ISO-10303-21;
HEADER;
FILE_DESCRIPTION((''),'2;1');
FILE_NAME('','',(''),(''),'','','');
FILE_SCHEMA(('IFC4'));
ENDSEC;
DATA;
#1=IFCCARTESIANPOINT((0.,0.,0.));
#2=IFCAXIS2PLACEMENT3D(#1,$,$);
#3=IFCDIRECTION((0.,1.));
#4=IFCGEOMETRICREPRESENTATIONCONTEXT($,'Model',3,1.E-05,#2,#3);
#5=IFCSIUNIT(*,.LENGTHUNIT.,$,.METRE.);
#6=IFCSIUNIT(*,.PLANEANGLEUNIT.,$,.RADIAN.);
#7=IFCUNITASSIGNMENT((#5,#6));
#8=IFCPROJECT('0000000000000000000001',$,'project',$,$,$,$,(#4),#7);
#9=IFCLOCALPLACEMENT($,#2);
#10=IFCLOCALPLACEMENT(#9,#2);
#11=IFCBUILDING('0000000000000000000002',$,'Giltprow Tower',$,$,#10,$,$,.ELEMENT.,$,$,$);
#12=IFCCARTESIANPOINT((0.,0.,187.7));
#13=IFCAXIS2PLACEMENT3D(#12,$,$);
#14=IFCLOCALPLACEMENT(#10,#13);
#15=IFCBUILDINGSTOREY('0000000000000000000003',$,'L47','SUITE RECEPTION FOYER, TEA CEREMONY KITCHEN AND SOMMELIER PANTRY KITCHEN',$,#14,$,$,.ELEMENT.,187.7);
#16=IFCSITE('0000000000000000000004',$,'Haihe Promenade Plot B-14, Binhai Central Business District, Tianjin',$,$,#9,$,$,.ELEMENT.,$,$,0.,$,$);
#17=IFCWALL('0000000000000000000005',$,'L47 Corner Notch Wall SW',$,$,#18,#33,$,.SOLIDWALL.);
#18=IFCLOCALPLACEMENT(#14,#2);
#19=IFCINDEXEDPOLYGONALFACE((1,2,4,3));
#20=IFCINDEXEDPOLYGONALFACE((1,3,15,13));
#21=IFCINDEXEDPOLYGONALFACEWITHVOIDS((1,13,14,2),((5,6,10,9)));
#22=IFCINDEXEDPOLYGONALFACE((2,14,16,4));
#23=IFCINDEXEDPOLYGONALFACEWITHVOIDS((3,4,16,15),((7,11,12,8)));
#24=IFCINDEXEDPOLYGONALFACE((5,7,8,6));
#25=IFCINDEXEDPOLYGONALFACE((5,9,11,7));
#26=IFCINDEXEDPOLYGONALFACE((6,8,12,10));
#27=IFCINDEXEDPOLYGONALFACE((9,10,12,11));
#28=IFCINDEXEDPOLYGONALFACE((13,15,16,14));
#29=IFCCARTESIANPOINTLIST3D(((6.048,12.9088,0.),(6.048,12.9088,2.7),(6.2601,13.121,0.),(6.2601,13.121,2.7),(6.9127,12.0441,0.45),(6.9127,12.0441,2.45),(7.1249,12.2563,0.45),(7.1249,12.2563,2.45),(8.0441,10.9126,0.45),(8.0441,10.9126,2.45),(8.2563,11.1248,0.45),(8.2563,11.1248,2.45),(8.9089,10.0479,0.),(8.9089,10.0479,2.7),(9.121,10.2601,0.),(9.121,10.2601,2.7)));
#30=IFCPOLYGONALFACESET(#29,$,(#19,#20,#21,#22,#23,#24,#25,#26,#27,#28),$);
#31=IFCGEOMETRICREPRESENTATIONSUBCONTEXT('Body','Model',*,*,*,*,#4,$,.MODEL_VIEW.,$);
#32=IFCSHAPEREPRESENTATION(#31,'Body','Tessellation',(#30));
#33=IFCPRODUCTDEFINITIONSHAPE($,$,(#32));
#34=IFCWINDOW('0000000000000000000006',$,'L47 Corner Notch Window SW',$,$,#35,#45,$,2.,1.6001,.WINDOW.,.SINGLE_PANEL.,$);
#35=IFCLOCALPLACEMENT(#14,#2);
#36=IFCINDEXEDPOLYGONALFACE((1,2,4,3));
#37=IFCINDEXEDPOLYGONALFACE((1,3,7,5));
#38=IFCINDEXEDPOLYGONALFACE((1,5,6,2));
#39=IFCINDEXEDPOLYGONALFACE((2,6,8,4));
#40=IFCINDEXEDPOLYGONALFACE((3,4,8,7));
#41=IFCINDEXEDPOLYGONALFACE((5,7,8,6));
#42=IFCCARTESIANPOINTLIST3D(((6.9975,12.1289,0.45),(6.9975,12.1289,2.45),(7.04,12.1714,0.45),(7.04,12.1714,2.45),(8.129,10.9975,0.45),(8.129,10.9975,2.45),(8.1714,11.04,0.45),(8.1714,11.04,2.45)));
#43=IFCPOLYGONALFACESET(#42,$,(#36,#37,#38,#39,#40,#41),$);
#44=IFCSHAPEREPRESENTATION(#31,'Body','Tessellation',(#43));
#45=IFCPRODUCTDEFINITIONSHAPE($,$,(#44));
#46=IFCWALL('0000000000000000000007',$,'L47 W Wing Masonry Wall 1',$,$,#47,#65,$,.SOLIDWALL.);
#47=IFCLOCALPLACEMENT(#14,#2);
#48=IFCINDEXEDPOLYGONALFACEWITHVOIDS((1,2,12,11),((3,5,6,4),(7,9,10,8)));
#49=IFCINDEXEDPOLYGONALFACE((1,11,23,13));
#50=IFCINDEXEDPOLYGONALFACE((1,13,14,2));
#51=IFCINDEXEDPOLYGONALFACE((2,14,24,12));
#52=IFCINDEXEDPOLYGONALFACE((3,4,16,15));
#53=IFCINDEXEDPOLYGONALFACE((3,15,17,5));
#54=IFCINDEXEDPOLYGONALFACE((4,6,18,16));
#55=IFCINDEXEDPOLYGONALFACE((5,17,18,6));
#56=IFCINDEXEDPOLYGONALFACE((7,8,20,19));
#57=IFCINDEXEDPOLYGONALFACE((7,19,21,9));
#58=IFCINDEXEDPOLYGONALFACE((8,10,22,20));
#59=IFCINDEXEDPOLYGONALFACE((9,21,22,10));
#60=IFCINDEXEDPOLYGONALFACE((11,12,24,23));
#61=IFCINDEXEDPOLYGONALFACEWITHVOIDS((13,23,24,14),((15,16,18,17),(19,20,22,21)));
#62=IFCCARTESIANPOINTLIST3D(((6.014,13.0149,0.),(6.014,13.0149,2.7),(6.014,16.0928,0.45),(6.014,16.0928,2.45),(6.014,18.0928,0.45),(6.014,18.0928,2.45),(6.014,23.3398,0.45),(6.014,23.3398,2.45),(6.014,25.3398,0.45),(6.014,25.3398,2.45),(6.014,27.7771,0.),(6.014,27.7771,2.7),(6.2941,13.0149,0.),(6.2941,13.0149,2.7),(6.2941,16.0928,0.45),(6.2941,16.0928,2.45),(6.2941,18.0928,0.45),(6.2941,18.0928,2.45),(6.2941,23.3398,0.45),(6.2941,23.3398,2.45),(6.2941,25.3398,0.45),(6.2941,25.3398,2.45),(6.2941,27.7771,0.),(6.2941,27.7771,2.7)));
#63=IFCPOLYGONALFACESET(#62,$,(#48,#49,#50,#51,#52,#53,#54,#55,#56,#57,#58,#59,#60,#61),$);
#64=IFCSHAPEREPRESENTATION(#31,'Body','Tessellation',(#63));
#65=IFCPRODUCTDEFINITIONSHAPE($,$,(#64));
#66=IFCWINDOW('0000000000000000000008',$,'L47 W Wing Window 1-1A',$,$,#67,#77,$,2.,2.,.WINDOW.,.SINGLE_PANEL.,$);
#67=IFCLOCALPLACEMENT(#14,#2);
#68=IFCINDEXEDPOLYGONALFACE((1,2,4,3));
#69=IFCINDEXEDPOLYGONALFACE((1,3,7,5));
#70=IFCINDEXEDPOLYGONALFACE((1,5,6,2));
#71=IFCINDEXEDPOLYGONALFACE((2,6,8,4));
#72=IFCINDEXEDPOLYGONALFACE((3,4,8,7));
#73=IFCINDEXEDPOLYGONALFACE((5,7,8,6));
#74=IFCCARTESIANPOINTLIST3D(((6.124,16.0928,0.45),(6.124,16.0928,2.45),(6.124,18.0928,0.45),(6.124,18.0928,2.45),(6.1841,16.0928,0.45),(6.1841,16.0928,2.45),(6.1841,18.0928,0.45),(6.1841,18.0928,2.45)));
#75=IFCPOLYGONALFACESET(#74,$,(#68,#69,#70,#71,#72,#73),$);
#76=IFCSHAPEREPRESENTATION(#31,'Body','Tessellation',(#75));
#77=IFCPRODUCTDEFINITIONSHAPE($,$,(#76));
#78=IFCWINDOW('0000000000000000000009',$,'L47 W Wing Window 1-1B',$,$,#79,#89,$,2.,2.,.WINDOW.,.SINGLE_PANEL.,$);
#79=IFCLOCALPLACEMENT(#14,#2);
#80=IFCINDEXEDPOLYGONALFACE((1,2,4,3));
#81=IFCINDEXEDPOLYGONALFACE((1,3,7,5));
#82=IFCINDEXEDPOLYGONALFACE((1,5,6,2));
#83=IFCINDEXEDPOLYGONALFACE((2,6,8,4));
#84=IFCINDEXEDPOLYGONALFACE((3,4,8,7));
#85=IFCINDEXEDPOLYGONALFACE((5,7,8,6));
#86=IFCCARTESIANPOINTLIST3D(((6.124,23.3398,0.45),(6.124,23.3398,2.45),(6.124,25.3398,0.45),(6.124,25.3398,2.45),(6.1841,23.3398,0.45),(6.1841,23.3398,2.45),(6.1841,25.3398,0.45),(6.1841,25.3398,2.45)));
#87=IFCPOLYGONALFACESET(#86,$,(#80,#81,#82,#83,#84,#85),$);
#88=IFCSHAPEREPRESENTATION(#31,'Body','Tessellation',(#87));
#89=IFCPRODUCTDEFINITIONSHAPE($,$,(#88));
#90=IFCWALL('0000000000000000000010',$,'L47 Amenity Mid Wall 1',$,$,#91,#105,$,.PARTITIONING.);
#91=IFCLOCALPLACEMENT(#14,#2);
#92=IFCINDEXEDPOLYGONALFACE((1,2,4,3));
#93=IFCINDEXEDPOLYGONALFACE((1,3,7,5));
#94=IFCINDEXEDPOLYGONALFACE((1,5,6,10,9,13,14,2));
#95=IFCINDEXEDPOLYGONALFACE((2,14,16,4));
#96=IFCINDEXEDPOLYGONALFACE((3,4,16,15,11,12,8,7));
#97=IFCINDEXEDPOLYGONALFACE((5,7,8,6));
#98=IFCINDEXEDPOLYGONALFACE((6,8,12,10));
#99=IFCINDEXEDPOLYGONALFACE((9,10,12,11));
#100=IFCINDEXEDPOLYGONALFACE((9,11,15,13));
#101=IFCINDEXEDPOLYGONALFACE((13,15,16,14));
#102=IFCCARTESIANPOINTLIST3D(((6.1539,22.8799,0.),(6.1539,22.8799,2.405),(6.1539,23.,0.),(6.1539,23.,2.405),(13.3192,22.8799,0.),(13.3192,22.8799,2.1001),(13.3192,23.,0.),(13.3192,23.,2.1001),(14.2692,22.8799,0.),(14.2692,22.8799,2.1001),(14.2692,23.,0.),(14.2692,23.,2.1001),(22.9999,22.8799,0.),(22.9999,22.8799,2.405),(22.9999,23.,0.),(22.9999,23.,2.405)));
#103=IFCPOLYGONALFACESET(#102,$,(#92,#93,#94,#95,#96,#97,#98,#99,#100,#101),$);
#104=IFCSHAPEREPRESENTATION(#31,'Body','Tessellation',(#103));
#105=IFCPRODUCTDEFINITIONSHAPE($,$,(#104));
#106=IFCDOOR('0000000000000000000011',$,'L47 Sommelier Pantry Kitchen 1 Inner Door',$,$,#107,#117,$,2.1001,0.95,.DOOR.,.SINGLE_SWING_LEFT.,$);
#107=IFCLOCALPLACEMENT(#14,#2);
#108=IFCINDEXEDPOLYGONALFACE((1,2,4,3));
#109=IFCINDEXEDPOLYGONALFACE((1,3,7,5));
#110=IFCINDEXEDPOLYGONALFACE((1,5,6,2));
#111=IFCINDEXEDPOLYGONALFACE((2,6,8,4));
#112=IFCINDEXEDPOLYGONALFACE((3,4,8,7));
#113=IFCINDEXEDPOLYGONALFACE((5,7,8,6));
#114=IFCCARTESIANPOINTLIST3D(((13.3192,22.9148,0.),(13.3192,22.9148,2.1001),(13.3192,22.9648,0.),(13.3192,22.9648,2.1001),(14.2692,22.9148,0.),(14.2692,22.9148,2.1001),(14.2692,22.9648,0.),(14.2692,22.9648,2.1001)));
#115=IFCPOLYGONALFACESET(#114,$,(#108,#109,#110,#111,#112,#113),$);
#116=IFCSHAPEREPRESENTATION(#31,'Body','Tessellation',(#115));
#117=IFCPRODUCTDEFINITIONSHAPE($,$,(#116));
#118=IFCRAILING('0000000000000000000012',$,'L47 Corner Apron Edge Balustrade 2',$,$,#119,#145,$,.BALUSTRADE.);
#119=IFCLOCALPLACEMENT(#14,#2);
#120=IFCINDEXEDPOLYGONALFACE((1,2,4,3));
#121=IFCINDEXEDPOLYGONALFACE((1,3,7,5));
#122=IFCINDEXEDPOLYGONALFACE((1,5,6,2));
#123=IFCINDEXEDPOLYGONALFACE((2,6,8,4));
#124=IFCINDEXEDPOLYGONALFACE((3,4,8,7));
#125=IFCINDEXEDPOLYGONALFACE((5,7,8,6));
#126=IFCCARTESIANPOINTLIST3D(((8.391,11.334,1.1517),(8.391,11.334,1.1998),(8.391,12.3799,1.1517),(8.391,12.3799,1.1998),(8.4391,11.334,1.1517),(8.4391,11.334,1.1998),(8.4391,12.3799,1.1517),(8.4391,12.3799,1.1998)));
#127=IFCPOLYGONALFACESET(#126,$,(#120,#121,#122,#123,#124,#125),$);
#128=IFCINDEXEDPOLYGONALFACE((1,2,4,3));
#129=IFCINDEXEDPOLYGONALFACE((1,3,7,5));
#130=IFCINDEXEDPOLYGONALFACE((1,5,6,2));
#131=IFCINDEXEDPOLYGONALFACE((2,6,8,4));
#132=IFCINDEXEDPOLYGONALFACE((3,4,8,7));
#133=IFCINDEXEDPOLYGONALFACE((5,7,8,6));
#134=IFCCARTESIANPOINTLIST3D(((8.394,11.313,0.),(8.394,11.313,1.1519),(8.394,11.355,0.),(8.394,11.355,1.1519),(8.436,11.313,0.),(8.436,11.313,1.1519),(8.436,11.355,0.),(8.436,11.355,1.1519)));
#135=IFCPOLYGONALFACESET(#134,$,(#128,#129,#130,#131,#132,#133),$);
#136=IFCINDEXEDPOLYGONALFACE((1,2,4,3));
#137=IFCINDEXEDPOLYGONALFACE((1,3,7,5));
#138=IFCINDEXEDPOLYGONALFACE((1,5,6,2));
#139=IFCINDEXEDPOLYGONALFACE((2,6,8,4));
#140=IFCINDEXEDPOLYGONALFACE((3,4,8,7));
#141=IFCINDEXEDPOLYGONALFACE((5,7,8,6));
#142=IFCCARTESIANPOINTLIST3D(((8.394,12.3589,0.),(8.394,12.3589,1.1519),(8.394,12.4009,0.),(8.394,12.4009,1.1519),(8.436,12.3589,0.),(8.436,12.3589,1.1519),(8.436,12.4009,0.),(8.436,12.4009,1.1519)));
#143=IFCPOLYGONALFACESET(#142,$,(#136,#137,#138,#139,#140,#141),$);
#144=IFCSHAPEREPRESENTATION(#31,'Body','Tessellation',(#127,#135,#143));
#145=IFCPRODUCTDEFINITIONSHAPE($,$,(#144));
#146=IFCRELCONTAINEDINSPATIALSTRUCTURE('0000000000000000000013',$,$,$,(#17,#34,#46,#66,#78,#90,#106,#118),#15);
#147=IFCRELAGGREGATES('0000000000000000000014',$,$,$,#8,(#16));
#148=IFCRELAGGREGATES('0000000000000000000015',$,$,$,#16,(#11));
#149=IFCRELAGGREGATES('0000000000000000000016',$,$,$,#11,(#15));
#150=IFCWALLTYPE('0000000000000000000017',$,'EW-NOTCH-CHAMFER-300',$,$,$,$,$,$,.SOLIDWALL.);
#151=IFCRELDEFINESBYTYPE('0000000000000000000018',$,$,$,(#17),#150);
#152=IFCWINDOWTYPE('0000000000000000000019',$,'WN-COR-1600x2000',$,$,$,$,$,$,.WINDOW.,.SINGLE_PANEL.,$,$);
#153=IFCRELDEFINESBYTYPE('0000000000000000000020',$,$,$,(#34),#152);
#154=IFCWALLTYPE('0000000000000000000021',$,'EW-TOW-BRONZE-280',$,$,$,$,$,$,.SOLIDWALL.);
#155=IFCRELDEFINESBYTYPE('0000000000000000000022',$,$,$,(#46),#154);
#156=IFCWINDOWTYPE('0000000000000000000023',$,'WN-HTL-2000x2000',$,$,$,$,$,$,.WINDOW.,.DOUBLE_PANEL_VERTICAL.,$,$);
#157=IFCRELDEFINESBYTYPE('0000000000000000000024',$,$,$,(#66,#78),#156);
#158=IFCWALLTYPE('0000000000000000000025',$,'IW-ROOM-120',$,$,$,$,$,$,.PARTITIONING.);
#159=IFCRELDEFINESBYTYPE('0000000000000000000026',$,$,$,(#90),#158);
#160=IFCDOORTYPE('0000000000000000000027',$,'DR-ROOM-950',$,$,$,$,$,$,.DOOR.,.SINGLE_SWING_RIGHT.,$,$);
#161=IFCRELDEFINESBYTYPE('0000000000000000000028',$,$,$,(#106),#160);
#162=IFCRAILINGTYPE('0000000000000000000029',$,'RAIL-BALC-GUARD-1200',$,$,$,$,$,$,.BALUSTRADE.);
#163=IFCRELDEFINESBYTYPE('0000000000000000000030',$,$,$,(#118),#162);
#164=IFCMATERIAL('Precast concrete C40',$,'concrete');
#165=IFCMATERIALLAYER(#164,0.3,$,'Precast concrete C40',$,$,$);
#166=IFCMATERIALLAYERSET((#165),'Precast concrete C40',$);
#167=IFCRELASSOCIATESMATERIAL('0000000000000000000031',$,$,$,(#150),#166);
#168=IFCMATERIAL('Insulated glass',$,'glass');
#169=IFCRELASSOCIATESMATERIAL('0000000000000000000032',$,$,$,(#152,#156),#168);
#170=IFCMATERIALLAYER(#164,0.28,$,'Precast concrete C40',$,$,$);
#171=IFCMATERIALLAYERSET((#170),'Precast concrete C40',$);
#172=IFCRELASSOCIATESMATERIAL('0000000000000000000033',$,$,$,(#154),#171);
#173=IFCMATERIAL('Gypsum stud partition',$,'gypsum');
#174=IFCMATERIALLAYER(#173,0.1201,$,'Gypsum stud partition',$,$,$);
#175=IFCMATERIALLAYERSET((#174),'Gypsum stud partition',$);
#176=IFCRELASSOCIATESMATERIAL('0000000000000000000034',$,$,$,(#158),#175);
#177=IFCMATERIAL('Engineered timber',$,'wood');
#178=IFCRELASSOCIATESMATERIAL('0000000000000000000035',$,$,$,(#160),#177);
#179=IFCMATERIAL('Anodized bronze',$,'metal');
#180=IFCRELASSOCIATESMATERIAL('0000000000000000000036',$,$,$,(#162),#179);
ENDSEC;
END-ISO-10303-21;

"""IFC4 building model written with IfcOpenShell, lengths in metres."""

from ifc_helpers import new_model, si_unit, direction, frame, frame_2d, origin, origin_2d, place, context, subcontext, project, spatial, rectangle, extrude, source, transform, mapped, material, layer, layer_set, type_object, element, fill, save


model = new_model("IFC4")

# Units and contexts
model_context = context("Model", 3, precision=1e-05, world=origin(), true_north=direction((0.0, 1.0)))
body_context = subcontext(model_context, "Body", "Model", "MODEL_VIEW")
ifc_project = project(units=[si_unit("LENGTHUNIT", "METRE"), si_unit("PLANEANGLEUNIT", "RADIAN")], contexts=[model_context])

# Site, building, storey
site_placement = place(None, origin())
site = spatial("IfcSite", under=ifc_project, at=site_placement, Name="Haihe Promenade Plot B-14, Binhai Central Business District, Tianjin", CompositionType="ELEMENT", RefElevation=0.0)
building_placement = place(site_placement, origin())
building = spatial("IfcBuilding", under=site, at=building_placement, Name="Giltprow Tower", CompositionType="ELEMENT")
storey_placement = place(building_placement, frame((0.0, 0.0, 187.7)))
storey = spatial("IfcBuildingStorey", under=building, at=storey_placement, Name="L47", Description="SUITE RECEPTION FOYER, TEA CEREMONY KITCHEN AND SOMMELIER PANTRY KITCHEN", CompositionType="ELEMENT", Elevation=187.7)

# Shared definitions
ifc_material_1 = material(Name="Anodized bronze", Category="metal")

# Shared definitions
ifc_material_2 = material(Name="Insulated glass", Category="glass")

# Wall, opening, window
ifc_material_3 = material(Name="Precast concrete C40", Category="concrete")
ifc_layer_1 = layer(ifc_material_3, 0.3, Name="Precast concrete C40")
ifc_layer_set_1 = layer_set([ifc_layer_1], Name="Precast concrete C40")
wall_type_1 = type_object("IfcWallType", Name="EW-NOTCH-CHAMFER-300", PredefinedType="SOLIDWALL", material=ifc_layer_set_1)
wall_1_placement = place(storey_placement, frame((6.1541, 13.0149, 0.0), z_axis=(0.0, 0.0, 1.0), x_axis=(0.707107, -0.707107, 0.0)))
wall_1 = element("IfcWall", 1, at=wall_1_placement, inside=storey, type_object=wall_type_1, Name="L47 Corner Notch Wall SW", PredefinedType="SOLIDWALL", context=body_context, shape_type="SweptSolid", body=[
    extrude(rectangle(XDim=4.0459, YDim=0.3, at=frame_2d((2.0229, 0.0))), origin(), (0.0, 0.0, 1.0), 2.7),
])
opening_1_placement = place(wall_1_placement, frame((1.2229, 0.0, 0.45)))
opening_1 = element("IfcOpeningElement", 2, at=opening_1_placement, cuts=wall_1, PredefinedType="OPENING", context=body_context, shape_type="SweptSolid", body=[
    extrude(rectangle(XDim=1.6001, YDim=2.0, at=frame_2d((0.8, 1.0))), frame((0.0, 0.1599, 0.0), z_axis=(0.0, -1.0, 0.0), x_axis=(1.0, 0.0, 0.0)), (0.0, 0.0, 1.0), 0.3201),
])
window_type_1 = type_object("IfcWindowType", Name="WN-COR-1600x2000", PartitioningType="SINGLE_PANEL", PredefinedType="WINDOW", material=ifc_material_2)
shared_shape_1 = source(origin(), body_context, "Body", "SweptSolid", [
    extrude(rectangle(XDim=1.6001, YDim=2.0, at=frame_2d((0.8, 1.0))), frame((0.0, 0.03, 0.0), z_axis=(0.0, -1.0, 0.0), x_axis=(1.0, 0.0, 0.0)), (0.0, 0.0, 1.0), 0.0601),
])
window_1_placement = place(opening_1_placement, origin())
window_1 = element("IfcWindow", 3, at=window_1_placement, inside=storey, type_object=window_type_1, Name="L47 Corner Notch Window SW", OverallHeight=2.0, OverallWidth=1.6001, PartitioningType="SINGLE_PANEL", PredefinedType="WINDOW", context=body_context, shape_type="MappedRepresentation", body=[
    mapped(shared_shape_1, transform((0.0, 0.0, 0.0), x_axis=(1.0, 0.0, 0.0), y_axis=(0.0, 1.0, 0.0), z_axis=(0.0, 0.0, 1.0), scale=1.0)),
])
fill(opening_1, window_1)

# Wall, openings, windows
ifc_layer_2 = layer(ifc_material_3, 0.28, Name="Precast concrete C40")
ifc_layer_set_2 = layer_set([ifc_layer_2], Name="Precast concrete C40")
wall_type_2 = type_object("IfcWallType", Name="EW-TOW-BRONZE-280", PredefinedType="SOLIDWALL", material=ifc_layer_set_2)
wall_2_placement = place(storey_placement, frame((6.1541, 13.0149, 0.0), z_axis=(0.0, 0.0, 1.0), x_axis=(0.0, 1.0, 0.0)))
wall_2 = element("IfcWall", 4, at=wall_2_placement, inside=storey, type_object=wall_type_2, Name="L47 W Wing Masonry Wall 1", PredefinedType="SOLIDWALL", context=body_context, shape_type="SweptSolid", body=[
    extrude(rectangle(XDim=14.7622, YDim=0.28, at=frame_2d((7.3811, 0.0))), origin(), (0.0, 0.0, 1.0), 2.7),
])
opening_2_placement = place(wall_2_placement, frame((3.0779, 0.0, 0.45)))
opening_2 = element("IfcOpeningElement", 5, at=opening_2_placement, cuts=wall_2, PredefinedType="OPENING", context=body_context, shape_type="SweptSolid", body=[
    extrude(rectangle(XDim=2.0, YDim=2.0, at=frame_2d((1.0, 1.0))), frame((0.0, 0.1499, 0.0), z_axis=(0.0, -1.0, 0.0), x_axis=(1.0, 0.0, 0.0)), (0.0, 0.0, 1.0), 0.3),
])
opening_3_placement = place(wall_2_placement, frame((10.325, 0.0, 0.45)))
opening_3 = element("IfcOpeningElement", 6, at=opening_3_placement, cuts=wall_2, PredefinedType="OPENING", context=body_context, shape_type="SweptSolid", body=[
    extrude(rectangle(XDim=2.0, YDim=2.0, at=frame_2d((1.0, 1.0))), frame((0.0, 0.1499, 0.0), z_axis=(0.0, -1.0, 0.0), x_axis=(1.0, 0.0, 0.0)), (0.0, 0.0, 1.0), 0.3),
])
window_type_2 = type_object("IfcWindowType", Name="WN-HTL-2000x2000", PartitioningType="DOUBLE_PANEL_VERTICAL", PredefinedType="WINDOW", material=ifc_material_2)
shared_shape_2 = source(origin(), body_context, "Body", "SweptSolid", [
    extrude(rectangle(XDim=2.0, YDim=2.0, at=frame_2d((1.0, 1.0))), frame((0.0, 0.03, 0.0), z_axis=(0.0, -1.0, 0.0), x_axis=(1.0, 0.0, 0.0)), (0.0, 0.0, 1.0), 0.0601),
])
window_2_placement = place(opening_2_placement, origin())
window_2 = element("IfcWindow", 7, at=window_2_placement, inside=storey, type_object=window_type_2, Name="L47 W Wing Window 1-1A", OverallHeight=2.0, OverallWidth=2.0, PartitioningType="SINGLE_PANEL", PredefinedType="WINDOW", context=body_context, shape_type="MappedRepresentation", body=[
    mapped(shared_shape_2, transform((0.0, 0.0, 0.0), x_axis=(1.0, 0.0, 0.0), y_axis=(0.0, 1.0, 0.0), z_axis=(0.0, 0.0, 1.0), scale=1.0)),
])
fill(opening_2, window_2)
window_3_placement = place(opening_3_placement, origin())
window_3 = element("IfcWindow", 8, at=window_3_placement, inside=storey, type_object=window_type_2, Name="L47 W Wing Window 1-1B", OverallHeight=2.0, OverallWidth=2.0, PartitioningType="SINGLE_PANEL", PredefinedType="WINDOW", context=body_context, shape_type="MappedRepresentation", body=[
    mapped(shared_shape_2, transform((0.0, 0.0, 0.0), x_axis=(1.0, 0.0, 0.0), y_axis=(0.0, 1.0, 0.0), z_axis=(0.0, 0.0, 1.0), scale=1.0)),
])
fill(opening_3, window_3)

# Wall, opening, door
ifc_material_4 = material(Name="Gypsum stud partition", Category="gypsum")
ifc_layer_3 = layer(ifc_material_4, 0.1201, Name="Gypsum stud partition")
ifc_layer_set_3 = layer_set([ifc_layer_3], Name="Gypsum stud partition")
wall_type_3 = type_object("IfcWallType", Name="IW-ROOM-120", PredefinedType="PARTITIONING", material=ifc_layer_set_3)
wall_3_placement = place(storey_placement, frame((6.1541, 22.9399, 0.0), z_axis=(0.0, 0.0, 1.0), x_axis=(1.0, 0.0, 0.0)))
wall_3 = element("IfcWall", 9, at=wall_3_placement, inside=storey, type_object=wall_type_3, Name="L47 Amenity Mid Wall 1", PredefinedType="PARTITIONING", context=body_context, shape_type="SweptSolid", body=[
    extrude(rectangle(XDim=16.8459, YDim=0.1201, at=frame_2d((8.4229, 0.0))), origin(), (0.0, 0.0, 1.0), 2.405),
])
opening_4_placement = place(wall_3_placement, frame((7.165, 0.0, 0.0)))
opening_4 = element("IfcOpeningElement", 10, at=opening_4_placement, cuts=wall_3, PredefinedType="OPENING", context=body_context, shape_type="SweptSolid", body=[
    extrude(rectangle(XDim=0.95, YDim=2.1001, at=frame_2d((0.4751, 1.05))), frame((0.0, 0.0701, 0.0), z_axis=(0.0, -1.0, 0.0), x_axis=(1.0, 0.0, 0.0)), (0.0, 0.0, 1.0), 0.1401),
])
ifc_material_5 = material(Name="Engineered timber", Category="wood")
door_type = type_object("IfcDoorType", Name="DR-ROOM-950", OperationType="SINGLE_SWING_RIGHT", PredefinedType="DOOR", material=ifc_material_5)
shared_shape_3 = source(origin(), body_context, "Body", "SweptSolid", [
    extrude(rectangle(XDim=0.95, YDim=2.1001, at=frame_2d((0.4751, 1.05))), frame((0.0, 0.0249, 0.0), z_axis=(0.0, -1.0, 0.0), x_axis=(1.0, 0.0, 0.0)), (0.0, 0.0, 1.0), 0.05),
])
door_placement = place(opening_4_placement, origin())
door = element("IfcDoor", 11, at=door_placement, inside=storey, type_object=door_type, Name="L47 Sommelier Pantry Kitchen 1 Inner Door", OperationType="SINGLE_SWING_LEFT", OverallHeight=2.1001, OverallWidth=0.95, PredefinedType="DOOR", context=body_context, shape_type="MappedRepresentation", body=[
    mapped(shared_shape_3, transform((0.0, 0.0, 0.0), x_axis=(1.0, 0.0, 0.0), y_axis=(0.0, 1.0, 0.0), z_axis=(0.0, 0.0, 1.0), scale=1.0)),
])
fill(opening_4, door)

# Railing
railing_type = type_object("IfcRailingType", Name="RAIL-BALC-GUARD-1200", PredefinedType="BALUSTRADE", material=ifc_material_1)
railing_1_placement = place(storey_placement, frame((8.415, 11.334, 0.0)))
element("IfcRailing", 12, at=railing_1_placement, inside=storey, type_object=railing_type, Name="L47 Corner Apron Edge Balustrade 2", PredefinedType="BALUSTRADE", context=body_context, shape_type="SweptSolid", body=[
    extrude(rectangle(XDim=0.0481, YDim=0.0481, at=origin_2d()), frame((0.0, 0.0, 1.1758), z_axis=(0.0, 1.0, 0.0), x_axis=(-1.0, 0.0, 0.0)), (0.0, 0.0, 1.0), 1.0459),
    extrude(rectangle(XDim=0.042, YDim=0.042, at=origin_2d()), origin(), (0.0, 0.0, 1.0), 1.1519),
    extrude(rectangle(XDim=0.042, YDim=0.042, at=origin_2d()), frame((0.0, 1.0459, 0.0)), (0.0, 0.0, 1.0), 1.1519),
])

save(model, "model.ifc")
